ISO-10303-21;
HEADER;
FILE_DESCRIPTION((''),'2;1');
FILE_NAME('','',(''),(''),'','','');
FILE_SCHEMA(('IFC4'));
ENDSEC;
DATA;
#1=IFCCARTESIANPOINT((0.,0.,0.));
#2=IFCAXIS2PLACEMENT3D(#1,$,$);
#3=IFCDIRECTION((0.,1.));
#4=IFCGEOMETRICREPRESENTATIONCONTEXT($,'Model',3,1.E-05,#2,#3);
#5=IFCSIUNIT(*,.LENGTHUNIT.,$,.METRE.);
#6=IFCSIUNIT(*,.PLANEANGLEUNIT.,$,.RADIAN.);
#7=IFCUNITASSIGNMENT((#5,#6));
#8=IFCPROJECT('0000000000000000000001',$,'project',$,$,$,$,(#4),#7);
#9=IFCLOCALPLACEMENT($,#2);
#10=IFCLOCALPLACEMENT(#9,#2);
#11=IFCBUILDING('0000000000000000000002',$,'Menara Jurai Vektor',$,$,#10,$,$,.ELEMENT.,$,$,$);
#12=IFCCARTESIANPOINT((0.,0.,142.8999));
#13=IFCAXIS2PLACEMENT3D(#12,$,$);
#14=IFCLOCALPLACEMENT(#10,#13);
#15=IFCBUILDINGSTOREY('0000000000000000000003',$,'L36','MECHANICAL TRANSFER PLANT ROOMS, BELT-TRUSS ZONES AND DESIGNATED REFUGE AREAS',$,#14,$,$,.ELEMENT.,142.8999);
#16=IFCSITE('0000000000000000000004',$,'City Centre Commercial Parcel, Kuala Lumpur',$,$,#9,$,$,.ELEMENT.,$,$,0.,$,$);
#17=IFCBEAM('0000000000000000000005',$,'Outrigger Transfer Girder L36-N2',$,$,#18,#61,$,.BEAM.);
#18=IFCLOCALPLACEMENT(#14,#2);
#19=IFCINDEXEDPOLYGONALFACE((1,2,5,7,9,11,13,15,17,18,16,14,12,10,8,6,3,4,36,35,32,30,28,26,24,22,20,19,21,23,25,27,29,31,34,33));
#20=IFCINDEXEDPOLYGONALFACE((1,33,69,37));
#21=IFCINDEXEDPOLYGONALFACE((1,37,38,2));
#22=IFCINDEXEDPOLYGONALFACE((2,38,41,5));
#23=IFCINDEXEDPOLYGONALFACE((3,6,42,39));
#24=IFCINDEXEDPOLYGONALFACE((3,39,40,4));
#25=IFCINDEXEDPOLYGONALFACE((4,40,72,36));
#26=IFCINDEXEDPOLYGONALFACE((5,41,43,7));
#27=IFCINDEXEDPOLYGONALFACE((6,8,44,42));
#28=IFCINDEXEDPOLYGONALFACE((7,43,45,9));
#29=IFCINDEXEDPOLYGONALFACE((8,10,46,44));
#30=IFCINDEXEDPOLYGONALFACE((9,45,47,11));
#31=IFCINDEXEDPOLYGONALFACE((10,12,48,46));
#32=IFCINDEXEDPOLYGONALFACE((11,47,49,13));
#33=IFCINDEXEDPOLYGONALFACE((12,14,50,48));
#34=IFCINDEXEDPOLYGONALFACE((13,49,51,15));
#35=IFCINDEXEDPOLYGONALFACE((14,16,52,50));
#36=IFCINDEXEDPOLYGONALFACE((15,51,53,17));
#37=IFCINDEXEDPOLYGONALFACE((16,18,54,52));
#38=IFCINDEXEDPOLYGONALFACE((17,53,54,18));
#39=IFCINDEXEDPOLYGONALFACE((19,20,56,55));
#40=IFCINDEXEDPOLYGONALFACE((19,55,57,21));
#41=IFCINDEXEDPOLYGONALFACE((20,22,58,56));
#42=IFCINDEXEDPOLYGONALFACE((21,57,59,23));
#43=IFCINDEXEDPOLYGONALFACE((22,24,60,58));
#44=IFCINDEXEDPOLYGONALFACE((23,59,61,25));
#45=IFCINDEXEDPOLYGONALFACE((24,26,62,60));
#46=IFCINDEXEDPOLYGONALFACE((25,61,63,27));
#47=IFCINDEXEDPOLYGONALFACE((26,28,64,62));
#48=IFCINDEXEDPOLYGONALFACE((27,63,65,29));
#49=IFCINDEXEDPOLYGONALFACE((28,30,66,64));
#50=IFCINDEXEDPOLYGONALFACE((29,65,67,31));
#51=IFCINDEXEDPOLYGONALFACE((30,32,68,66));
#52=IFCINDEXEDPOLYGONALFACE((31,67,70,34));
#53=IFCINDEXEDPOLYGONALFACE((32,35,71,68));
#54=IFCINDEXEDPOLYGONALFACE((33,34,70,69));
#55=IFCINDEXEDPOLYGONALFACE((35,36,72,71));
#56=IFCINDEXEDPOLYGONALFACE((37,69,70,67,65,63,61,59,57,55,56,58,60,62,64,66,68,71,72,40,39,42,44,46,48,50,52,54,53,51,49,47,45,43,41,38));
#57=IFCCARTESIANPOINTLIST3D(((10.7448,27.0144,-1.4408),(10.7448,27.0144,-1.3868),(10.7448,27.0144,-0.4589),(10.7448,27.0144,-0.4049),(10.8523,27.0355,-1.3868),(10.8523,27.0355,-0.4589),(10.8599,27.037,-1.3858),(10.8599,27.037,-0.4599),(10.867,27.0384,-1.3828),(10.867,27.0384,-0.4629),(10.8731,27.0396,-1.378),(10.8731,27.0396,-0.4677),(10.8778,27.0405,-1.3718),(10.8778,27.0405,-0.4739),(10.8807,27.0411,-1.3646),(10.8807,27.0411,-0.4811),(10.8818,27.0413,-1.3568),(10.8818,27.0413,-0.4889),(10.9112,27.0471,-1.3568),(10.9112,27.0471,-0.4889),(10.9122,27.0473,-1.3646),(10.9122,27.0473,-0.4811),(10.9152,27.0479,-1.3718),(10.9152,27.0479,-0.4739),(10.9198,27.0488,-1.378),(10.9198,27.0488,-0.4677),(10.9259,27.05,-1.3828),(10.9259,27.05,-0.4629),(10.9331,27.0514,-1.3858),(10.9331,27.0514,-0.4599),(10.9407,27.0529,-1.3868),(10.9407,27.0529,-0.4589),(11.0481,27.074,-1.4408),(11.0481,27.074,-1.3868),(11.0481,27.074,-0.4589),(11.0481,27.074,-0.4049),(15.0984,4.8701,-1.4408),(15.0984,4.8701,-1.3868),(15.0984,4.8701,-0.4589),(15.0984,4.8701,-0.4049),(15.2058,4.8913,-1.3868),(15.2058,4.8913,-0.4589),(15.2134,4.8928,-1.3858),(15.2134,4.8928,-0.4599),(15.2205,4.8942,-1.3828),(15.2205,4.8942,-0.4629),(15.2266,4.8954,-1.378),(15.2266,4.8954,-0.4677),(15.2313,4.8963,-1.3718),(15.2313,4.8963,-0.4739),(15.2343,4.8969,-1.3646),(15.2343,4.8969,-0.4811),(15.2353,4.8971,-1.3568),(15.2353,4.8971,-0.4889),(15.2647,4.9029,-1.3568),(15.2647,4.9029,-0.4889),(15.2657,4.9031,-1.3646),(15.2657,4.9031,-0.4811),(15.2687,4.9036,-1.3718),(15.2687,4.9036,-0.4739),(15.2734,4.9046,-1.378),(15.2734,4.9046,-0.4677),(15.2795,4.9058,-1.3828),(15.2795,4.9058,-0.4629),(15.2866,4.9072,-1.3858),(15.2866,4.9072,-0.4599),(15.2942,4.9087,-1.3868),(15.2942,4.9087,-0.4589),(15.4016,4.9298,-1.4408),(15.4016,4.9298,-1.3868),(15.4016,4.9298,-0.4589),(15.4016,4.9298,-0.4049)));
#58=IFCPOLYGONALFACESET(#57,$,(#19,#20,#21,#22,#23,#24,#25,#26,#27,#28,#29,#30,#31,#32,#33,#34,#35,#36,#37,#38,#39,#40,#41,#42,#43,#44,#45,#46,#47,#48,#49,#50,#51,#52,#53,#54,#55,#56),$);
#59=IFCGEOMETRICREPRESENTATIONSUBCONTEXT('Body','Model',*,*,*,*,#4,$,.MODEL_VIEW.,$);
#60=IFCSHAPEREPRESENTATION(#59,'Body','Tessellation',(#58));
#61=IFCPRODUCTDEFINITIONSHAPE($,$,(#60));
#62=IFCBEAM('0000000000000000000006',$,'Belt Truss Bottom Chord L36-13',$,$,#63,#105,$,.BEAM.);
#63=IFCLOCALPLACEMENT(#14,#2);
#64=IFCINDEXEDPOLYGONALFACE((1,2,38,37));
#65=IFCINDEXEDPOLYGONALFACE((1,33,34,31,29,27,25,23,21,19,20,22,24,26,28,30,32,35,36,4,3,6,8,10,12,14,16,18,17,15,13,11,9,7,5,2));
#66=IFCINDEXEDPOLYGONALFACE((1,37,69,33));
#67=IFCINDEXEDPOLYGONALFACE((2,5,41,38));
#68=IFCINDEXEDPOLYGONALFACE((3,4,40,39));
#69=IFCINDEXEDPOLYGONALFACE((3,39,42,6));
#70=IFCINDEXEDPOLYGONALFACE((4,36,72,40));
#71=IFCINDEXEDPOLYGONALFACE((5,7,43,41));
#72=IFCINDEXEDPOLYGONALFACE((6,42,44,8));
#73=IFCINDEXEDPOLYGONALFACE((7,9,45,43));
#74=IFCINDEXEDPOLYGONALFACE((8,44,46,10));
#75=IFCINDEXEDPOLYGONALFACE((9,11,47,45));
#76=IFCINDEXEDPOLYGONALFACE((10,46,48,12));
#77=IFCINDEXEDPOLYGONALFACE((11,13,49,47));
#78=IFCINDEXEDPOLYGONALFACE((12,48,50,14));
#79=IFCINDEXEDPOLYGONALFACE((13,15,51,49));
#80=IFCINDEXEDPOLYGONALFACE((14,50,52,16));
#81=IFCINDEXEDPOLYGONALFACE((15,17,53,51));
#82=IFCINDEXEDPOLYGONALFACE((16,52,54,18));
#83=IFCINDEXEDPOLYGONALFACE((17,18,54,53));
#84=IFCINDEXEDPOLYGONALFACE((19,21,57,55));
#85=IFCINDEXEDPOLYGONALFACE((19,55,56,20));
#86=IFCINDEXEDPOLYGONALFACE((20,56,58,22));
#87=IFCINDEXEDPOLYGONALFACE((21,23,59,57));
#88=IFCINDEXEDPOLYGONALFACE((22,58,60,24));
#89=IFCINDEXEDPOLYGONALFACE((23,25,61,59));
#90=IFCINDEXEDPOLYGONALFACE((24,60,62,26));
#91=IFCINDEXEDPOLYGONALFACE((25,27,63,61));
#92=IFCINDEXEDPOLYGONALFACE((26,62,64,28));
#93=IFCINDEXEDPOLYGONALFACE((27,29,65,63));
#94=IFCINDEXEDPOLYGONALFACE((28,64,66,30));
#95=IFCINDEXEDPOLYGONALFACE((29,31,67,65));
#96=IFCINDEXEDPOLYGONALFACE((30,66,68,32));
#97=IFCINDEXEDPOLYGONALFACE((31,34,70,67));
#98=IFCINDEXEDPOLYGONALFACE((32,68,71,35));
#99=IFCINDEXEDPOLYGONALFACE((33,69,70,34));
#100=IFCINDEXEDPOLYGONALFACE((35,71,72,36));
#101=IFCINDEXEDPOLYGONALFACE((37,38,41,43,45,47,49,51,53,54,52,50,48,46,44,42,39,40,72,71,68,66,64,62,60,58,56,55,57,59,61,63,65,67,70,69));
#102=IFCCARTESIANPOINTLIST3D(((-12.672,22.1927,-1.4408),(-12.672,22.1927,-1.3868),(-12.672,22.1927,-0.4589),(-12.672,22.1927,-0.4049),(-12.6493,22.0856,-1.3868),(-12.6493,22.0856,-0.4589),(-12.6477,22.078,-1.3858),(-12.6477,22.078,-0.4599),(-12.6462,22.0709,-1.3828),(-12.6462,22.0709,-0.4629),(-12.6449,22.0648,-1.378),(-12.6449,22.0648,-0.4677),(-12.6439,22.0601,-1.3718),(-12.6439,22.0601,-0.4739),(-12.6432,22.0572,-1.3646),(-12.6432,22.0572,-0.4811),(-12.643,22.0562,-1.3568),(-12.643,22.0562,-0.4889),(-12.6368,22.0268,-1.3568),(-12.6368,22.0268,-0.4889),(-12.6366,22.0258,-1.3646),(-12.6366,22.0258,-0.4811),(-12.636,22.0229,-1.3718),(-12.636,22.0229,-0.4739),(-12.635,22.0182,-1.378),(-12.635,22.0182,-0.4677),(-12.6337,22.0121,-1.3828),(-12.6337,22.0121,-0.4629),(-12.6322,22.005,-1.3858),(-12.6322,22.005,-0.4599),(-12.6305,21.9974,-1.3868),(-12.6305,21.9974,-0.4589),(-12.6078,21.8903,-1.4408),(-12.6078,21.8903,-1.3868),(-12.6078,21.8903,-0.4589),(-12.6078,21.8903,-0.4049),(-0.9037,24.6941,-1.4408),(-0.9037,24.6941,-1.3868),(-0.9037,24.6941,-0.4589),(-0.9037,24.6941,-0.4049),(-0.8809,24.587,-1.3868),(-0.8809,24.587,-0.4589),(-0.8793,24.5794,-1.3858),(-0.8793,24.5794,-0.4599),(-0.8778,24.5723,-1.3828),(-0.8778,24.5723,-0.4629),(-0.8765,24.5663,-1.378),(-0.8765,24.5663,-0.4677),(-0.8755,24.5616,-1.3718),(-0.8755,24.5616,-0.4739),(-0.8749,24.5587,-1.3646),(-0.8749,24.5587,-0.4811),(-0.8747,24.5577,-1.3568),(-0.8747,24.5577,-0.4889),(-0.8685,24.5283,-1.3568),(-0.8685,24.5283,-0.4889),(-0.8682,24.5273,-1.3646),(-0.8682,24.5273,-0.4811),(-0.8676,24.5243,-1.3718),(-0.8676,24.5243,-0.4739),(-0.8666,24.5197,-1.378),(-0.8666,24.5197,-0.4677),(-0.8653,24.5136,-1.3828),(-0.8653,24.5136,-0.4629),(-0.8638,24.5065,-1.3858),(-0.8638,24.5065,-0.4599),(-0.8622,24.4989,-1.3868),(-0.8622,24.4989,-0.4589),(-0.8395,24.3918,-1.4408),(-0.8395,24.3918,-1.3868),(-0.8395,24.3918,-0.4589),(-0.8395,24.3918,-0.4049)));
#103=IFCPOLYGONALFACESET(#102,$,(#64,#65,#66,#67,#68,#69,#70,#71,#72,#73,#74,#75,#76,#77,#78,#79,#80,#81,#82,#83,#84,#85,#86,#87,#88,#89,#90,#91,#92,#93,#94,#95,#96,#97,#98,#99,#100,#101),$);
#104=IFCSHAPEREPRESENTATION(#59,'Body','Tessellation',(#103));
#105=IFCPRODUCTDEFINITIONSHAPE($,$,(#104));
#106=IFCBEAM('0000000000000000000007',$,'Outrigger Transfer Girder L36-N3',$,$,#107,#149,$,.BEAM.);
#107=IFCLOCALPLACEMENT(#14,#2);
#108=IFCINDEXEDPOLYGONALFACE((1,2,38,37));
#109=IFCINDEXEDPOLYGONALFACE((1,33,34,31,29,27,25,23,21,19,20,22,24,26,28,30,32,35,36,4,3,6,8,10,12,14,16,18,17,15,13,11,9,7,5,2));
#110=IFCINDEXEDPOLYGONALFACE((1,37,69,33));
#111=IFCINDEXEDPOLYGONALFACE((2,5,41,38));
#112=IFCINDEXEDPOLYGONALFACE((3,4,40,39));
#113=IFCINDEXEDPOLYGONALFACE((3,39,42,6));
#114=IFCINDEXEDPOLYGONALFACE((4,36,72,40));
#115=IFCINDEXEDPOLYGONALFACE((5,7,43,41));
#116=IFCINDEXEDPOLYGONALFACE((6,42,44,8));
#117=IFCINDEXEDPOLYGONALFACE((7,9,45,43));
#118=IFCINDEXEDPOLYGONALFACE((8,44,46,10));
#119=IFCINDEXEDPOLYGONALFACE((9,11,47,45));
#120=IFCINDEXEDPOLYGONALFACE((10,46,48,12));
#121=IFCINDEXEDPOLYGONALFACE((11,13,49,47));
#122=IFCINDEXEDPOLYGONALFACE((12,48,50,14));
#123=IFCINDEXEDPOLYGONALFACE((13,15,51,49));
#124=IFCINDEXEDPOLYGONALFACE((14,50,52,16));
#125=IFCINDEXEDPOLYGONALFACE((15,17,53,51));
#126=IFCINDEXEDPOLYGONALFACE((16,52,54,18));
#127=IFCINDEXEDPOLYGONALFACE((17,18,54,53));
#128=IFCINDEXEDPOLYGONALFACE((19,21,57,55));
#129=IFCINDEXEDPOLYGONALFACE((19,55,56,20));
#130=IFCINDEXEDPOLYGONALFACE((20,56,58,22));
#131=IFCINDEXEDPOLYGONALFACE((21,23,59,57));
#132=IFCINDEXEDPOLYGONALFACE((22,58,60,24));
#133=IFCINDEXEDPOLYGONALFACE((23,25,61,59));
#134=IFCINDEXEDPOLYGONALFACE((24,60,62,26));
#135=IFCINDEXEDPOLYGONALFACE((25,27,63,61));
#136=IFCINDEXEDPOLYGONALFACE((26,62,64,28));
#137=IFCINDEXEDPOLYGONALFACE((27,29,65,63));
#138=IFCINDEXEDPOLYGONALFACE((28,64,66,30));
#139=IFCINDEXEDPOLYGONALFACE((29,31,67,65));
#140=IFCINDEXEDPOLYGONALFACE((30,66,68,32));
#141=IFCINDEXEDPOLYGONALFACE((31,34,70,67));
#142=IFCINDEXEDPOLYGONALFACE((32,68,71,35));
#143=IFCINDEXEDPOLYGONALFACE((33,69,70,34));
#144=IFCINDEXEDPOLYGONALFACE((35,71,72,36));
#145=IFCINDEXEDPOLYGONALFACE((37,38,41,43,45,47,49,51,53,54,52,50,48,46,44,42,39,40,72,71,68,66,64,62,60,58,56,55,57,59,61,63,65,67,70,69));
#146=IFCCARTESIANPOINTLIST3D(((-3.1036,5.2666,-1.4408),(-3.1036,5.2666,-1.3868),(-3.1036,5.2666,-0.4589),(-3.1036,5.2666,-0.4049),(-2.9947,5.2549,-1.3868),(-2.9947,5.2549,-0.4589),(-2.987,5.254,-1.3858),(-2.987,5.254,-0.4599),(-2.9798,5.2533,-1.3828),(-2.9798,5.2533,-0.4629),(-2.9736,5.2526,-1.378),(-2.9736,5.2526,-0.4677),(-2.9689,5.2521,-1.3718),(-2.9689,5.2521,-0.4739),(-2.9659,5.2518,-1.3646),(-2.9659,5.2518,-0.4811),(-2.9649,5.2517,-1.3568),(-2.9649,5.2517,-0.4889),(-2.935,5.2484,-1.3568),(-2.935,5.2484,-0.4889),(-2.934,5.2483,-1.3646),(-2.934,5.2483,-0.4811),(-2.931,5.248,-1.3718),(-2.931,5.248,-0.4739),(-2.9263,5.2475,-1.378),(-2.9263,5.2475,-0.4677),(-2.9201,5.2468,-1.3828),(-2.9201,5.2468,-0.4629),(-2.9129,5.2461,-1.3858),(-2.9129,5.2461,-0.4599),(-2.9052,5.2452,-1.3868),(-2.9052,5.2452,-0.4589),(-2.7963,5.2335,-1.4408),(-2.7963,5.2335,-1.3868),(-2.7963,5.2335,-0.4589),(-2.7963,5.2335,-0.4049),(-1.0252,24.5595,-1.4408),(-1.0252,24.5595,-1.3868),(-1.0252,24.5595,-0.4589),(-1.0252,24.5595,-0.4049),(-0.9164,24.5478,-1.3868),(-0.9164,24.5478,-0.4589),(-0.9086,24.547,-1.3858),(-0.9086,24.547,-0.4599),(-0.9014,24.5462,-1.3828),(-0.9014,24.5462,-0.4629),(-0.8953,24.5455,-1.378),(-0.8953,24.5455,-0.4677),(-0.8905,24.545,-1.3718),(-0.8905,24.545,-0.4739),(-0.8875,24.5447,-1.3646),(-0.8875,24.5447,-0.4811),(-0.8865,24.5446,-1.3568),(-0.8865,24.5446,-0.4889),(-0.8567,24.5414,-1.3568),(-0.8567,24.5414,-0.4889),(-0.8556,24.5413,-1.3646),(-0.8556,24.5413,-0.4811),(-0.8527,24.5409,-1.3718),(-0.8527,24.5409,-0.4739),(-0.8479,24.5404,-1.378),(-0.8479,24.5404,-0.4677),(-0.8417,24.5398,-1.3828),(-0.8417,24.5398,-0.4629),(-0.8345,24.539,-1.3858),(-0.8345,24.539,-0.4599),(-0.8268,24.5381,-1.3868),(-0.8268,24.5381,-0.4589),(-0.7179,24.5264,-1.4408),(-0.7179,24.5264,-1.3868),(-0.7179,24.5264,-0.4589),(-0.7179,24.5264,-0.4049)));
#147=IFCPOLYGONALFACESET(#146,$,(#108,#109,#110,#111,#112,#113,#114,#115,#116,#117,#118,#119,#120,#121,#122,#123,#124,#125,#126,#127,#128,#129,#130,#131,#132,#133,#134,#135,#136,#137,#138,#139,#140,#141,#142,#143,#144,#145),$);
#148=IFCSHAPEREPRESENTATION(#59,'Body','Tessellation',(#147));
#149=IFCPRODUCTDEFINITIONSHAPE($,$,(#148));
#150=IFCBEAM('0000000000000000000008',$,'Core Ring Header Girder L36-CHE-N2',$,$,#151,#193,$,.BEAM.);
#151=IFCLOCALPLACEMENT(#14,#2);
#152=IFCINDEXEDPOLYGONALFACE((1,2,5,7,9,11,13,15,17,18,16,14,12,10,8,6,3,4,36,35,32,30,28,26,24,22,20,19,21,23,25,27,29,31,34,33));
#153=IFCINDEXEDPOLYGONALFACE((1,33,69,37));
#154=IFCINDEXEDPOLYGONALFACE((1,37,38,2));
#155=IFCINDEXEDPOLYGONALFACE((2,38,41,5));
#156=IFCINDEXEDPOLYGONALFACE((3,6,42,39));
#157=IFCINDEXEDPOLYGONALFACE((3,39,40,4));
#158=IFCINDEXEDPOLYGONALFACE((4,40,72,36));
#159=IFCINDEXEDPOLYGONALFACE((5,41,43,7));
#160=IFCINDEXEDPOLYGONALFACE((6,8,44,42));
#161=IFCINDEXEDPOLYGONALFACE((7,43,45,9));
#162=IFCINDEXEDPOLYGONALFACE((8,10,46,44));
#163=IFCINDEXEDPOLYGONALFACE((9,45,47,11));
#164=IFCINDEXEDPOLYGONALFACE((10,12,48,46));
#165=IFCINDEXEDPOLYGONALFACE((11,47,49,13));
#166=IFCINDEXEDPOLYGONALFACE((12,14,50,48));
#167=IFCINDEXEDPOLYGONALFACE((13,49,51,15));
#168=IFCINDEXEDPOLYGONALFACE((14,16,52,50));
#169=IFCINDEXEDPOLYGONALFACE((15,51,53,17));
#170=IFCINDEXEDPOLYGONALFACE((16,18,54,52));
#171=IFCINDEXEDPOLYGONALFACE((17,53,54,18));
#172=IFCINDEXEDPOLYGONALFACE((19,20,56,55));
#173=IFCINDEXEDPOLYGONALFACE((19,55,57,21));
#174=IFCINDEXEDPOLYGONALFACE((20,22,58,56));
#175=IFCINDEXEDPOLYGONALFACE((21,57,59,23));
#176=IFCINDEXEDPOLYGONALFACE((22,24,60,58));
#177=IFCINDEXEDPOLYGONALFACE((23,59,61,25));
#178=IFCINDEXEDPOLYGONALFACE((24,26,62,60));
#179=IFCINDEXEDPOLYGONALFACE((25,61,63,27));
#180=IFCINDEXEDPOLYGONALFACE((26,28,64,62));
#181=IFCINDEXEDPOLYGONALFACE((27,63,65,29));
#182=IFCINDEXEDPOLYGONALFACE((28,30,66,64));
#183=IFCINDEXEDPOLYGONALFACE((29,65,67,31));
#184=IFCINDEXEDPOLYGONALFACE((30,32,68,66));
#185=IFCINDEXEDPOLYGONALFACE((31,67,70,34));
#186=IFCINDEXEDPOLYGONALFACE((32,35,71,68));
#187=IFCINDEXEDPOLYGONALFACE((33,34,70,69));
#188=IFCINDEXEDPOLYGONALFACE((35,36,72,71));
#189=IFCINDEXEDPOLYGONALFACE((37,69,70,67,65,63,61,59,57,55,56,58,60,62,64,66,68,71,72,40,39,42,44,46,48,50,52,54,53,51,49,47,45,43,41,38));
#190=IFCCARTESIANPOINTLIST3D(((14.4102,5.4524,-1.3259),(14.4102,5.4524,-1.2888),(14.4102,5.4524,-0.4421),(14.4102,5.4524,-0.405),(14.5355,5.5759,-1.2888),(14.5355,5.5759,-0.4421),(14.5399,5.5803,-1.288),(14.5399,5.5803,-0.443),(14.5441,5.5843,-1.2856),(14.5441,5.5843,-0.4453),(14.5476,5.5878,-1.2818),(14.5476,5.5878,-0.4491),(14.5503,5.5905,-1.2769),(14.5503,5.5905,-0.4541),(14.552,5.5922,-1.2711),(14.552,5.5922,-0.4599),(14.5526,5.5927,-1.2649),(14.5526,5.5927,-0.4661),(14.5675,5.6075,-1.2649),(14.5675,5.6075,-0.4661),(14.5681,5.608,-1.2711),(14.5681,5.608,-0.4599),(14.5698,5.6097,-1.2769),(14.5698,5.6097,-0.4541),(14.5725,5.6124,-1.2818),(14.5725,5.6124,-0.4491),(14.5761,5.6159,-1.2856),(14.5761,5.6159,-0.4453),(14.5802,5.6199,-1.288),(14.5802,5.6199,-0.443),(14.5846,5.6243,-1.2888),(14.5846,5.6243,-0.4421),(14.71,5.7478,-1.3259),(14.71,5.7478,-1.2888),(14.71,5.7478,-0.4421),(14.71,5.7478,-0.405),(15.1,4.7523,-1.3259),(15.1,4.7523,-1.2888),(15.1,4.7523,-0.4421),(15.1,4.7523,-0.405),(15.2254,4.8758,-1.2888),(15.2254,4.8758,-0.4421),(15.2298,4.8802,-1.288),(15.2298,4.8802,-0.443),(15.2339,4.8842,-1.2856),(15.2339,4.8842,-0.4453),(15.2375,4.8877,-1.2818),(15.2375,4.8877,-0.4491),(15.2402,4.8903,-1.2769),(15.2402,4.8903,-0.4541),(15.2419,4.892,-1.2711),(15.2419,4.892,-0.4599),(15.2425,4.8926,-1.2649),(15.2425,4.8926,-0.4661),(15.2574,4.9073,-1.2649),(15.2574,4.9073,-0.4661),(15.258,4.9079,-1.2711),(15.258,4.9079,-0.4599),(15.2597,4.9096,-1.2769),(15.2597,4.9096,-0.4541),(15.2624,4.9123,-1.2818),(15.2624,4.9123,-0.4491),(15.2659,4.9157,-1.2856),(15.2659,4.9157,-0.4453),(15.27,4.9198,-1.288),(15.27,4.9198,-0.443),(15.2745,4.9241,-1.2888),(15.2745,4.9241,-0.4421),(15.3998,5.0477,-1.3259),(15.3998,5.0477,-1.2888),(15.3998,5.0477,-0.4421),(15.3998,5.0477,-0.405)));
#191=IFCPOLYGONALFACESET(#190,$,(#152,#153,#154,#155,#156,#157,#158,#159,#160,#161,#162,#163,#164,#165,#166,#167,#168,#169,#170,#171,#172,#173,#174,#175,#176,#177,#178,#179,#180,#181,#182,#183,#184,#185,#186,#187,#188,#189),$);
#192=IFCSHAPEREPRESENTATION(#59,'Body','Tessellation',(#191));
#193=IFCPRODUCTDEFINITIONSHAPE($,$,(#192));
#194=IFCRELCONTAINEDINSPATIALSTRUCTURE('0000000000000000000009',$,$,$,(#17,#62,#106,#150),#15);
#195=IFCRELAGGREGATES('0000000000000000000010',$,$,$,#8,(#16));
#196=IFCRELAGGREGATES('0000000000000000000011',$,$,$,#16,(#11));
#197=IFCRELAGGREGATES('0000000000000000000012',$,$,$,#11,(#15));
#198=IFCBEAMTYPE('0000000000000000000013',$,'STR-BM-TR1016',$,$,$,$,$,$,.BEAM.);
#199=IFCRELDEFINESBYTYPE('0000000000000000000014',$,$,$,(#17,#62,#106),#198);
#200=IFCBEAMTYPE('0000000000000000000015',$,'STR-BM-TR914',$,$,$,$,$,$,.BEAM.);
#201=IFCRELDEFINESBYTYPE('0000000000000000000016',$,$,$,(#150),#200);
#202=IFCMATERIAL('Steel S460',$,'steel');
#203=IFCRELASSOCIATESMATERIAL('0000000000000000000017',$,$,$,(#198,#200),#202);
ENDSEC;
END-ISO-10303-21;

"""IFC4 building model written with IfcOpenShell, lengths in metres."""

from ifc_helpers import new_model, si_unit, direction, frame, origin, origin_2d, place, context, subcontext, project, spatial, i_section, extrude, material, material_profile, profile_set, type_object, element, save


model = new_model("IFC4")

# Units and contexts
model_context = context("Model", 3, precision=1e-05, world=origin(), true_north=direction((0.0, 1.0)))
body_context = subcontext(model_context, "Body", "Model", "MODEL_VIEW")
ifc_project = project(units=[si_unit("LENGTHUNIT", "METRE"), si_unit("PLANEANGLEUNIT", "RADIAN")], contexts=[model_context])

# Site, building, storey
site_placement = place(None, origin())
site = spatial("IfcSite", under=ifc_project, at=site_placement, Name="City Centre Commercial Parcel, Kuala Lumpur", CompositionType="ELEMENT", RefElevation=0.0)
building_placement = place(site_placement, origin())
building = spatial("IfcBuilding", under=site, at=building_placement, Name="Menara Jurai Vektor", CompositionType="ELEMENT")
storey_placement = place(building_placement, frame((0.0, 0.0, 142.8999)))
storey = spatial("IfcBuildingStorey", under=building, at=storey_placement, Name="L36", Description="MECHANICAL TRANSFER PLANT ROOMS, BELT-TRUSS ZONES AND DESIGNATED REFUGE AREAS", CompositionType="ELEMENT", Elevation=142.8999)

# Shared definitions
ifc_material_1 = material(Name="Steel S460", Category="steel")

# Beams
ifc_material_profile_1 = material_profile(ifc_material_1, i_section(OverallWidth=0.3091, OverallDepth=1.0359, WebThickness=0.03, FlangeThickness=0.054, FilletRadius=0.03, at=origin_2d()), Name="UKB 1016x305x487")
ifc_profile_set_1 = profile_set([ifc_material_profile_1], Name="Steel S460")
beam_type_1 = type_object("IfcBeamType", Name="STR-BM-TR1016", PredefinedType="BEAM", material=ifc_profile_set_1)
beam_1_placement = place(storey_placement, frame((10.8965, 27.0442, -0.9229), z_axis=(0.192905, -0.981217, 0.0), x_axis=(0.981217, 0.192905, 0.0)))
element("IfcBeam", 1, at=beam_1_placement, inside=storey, type_object=beam_type_1, Name="Outrigger Transfer Girder L36-N2", PredefinedType="BEAM", context=body_context, shape_type="SweptSolid", body=[
    extrude(i_section(OverallWidth=0.3091, OverallDepth=1.0359, WebThickness=0.03, FlangeThickness=0.054, FilletRadius=0.03, at=origin_2d()), origin(), (0.0, 0.0, 1.0), 22.5681),
])
beam_2_placement = place(storey_placement, frame((-0.8716, 24.543, -0.9229), z_axis=(-0.978147, -0.207914, 0.0), x_axis=(0.207914, -0.978147, 0.0)))
element("IfcBeam", 2, at=beam_2_placement, inside=storey, type_object=beam_type_1, Name="Belt Truss Bottom Chord L36-13", PredefinedType="BEAM", context=body_context, shape_type="SweptSolid", body=[
    extrude(i_section(OverallWidth=0.3091, OverallDepth=1.0359, WebThickness=0.03, FlangeThickness=0.054, FilletRadius=0.03, at=origin_2d()), origin(), (0.0, 0.0, 1.0), 12.0312),
])
beam_3_placement = place(storey_placement, frame((-0.8716, 24.543, -0.9229), z_axis=(-0.107107, -0.994247, 0.0), x_axis=(0.994247, -0.107107, 0.0)))
element("IfcBeam", 3, at=beam_3_placement, inside=storey, type_object=beam_type_1, Name="Outrigger Transfer Girder L36-N3", PredefinedType="BEAM", context=body_context, shape_type="SweptSolid", body=[
    extrude(i_section(OverallWidth=0.3091, OverallDepth=1.0359, WebThickness=0.03, FlangeThickness=0.054, FilletRadius=0.03, at=origin_2d()), origin(), (0.0, 0.0, 1.0), 19.4045),
])
ifc_material_profile_2 = material_profile(ifc_material_1, i_section(OverallWidth=0.4209, OverallDepth=0.9209, WebThickness=0.021, FlangeThickness=0.0371, FilletRadius=0.0239, at=origin_2d()), Name="UKB 914x419x388")
ifc_profile_set_2 = profile_set([ifc_material_profile_2], Name="Steel S460")
beam_type_2 = type_object("IfcBeamType", Name="STR-BM-TR914", PredefinedType="BEAM", material=ifc_profile_set_2)
beam_4_placement = place(storey_placement, frame((14.5601, 5.6001, -0.8655), z_axis=(0.701872, -0.712303, 0.0), x_axis=(0.712303, 0.701872, 0.0)))
element("IfcBeam", 4, at=beam_4_placement, inside=storey, type_object=beam_type_2, Name="Core Ring Header Girder L36-CHE-N2", PredefinedType="BEAM", context=body_context, shape_type="SweptSolid", body=[
    extrude(i_section(OverallWidth=0.4209, OverallDepth=0.9209, WebThickness=0.021, FlangeThickness=0.0371, FilletRadius=0.0239, at=origin_2d()), origin(), (0.0, 0.0, 1.0), 0.9829),
])

save(model, "model.ifc")
